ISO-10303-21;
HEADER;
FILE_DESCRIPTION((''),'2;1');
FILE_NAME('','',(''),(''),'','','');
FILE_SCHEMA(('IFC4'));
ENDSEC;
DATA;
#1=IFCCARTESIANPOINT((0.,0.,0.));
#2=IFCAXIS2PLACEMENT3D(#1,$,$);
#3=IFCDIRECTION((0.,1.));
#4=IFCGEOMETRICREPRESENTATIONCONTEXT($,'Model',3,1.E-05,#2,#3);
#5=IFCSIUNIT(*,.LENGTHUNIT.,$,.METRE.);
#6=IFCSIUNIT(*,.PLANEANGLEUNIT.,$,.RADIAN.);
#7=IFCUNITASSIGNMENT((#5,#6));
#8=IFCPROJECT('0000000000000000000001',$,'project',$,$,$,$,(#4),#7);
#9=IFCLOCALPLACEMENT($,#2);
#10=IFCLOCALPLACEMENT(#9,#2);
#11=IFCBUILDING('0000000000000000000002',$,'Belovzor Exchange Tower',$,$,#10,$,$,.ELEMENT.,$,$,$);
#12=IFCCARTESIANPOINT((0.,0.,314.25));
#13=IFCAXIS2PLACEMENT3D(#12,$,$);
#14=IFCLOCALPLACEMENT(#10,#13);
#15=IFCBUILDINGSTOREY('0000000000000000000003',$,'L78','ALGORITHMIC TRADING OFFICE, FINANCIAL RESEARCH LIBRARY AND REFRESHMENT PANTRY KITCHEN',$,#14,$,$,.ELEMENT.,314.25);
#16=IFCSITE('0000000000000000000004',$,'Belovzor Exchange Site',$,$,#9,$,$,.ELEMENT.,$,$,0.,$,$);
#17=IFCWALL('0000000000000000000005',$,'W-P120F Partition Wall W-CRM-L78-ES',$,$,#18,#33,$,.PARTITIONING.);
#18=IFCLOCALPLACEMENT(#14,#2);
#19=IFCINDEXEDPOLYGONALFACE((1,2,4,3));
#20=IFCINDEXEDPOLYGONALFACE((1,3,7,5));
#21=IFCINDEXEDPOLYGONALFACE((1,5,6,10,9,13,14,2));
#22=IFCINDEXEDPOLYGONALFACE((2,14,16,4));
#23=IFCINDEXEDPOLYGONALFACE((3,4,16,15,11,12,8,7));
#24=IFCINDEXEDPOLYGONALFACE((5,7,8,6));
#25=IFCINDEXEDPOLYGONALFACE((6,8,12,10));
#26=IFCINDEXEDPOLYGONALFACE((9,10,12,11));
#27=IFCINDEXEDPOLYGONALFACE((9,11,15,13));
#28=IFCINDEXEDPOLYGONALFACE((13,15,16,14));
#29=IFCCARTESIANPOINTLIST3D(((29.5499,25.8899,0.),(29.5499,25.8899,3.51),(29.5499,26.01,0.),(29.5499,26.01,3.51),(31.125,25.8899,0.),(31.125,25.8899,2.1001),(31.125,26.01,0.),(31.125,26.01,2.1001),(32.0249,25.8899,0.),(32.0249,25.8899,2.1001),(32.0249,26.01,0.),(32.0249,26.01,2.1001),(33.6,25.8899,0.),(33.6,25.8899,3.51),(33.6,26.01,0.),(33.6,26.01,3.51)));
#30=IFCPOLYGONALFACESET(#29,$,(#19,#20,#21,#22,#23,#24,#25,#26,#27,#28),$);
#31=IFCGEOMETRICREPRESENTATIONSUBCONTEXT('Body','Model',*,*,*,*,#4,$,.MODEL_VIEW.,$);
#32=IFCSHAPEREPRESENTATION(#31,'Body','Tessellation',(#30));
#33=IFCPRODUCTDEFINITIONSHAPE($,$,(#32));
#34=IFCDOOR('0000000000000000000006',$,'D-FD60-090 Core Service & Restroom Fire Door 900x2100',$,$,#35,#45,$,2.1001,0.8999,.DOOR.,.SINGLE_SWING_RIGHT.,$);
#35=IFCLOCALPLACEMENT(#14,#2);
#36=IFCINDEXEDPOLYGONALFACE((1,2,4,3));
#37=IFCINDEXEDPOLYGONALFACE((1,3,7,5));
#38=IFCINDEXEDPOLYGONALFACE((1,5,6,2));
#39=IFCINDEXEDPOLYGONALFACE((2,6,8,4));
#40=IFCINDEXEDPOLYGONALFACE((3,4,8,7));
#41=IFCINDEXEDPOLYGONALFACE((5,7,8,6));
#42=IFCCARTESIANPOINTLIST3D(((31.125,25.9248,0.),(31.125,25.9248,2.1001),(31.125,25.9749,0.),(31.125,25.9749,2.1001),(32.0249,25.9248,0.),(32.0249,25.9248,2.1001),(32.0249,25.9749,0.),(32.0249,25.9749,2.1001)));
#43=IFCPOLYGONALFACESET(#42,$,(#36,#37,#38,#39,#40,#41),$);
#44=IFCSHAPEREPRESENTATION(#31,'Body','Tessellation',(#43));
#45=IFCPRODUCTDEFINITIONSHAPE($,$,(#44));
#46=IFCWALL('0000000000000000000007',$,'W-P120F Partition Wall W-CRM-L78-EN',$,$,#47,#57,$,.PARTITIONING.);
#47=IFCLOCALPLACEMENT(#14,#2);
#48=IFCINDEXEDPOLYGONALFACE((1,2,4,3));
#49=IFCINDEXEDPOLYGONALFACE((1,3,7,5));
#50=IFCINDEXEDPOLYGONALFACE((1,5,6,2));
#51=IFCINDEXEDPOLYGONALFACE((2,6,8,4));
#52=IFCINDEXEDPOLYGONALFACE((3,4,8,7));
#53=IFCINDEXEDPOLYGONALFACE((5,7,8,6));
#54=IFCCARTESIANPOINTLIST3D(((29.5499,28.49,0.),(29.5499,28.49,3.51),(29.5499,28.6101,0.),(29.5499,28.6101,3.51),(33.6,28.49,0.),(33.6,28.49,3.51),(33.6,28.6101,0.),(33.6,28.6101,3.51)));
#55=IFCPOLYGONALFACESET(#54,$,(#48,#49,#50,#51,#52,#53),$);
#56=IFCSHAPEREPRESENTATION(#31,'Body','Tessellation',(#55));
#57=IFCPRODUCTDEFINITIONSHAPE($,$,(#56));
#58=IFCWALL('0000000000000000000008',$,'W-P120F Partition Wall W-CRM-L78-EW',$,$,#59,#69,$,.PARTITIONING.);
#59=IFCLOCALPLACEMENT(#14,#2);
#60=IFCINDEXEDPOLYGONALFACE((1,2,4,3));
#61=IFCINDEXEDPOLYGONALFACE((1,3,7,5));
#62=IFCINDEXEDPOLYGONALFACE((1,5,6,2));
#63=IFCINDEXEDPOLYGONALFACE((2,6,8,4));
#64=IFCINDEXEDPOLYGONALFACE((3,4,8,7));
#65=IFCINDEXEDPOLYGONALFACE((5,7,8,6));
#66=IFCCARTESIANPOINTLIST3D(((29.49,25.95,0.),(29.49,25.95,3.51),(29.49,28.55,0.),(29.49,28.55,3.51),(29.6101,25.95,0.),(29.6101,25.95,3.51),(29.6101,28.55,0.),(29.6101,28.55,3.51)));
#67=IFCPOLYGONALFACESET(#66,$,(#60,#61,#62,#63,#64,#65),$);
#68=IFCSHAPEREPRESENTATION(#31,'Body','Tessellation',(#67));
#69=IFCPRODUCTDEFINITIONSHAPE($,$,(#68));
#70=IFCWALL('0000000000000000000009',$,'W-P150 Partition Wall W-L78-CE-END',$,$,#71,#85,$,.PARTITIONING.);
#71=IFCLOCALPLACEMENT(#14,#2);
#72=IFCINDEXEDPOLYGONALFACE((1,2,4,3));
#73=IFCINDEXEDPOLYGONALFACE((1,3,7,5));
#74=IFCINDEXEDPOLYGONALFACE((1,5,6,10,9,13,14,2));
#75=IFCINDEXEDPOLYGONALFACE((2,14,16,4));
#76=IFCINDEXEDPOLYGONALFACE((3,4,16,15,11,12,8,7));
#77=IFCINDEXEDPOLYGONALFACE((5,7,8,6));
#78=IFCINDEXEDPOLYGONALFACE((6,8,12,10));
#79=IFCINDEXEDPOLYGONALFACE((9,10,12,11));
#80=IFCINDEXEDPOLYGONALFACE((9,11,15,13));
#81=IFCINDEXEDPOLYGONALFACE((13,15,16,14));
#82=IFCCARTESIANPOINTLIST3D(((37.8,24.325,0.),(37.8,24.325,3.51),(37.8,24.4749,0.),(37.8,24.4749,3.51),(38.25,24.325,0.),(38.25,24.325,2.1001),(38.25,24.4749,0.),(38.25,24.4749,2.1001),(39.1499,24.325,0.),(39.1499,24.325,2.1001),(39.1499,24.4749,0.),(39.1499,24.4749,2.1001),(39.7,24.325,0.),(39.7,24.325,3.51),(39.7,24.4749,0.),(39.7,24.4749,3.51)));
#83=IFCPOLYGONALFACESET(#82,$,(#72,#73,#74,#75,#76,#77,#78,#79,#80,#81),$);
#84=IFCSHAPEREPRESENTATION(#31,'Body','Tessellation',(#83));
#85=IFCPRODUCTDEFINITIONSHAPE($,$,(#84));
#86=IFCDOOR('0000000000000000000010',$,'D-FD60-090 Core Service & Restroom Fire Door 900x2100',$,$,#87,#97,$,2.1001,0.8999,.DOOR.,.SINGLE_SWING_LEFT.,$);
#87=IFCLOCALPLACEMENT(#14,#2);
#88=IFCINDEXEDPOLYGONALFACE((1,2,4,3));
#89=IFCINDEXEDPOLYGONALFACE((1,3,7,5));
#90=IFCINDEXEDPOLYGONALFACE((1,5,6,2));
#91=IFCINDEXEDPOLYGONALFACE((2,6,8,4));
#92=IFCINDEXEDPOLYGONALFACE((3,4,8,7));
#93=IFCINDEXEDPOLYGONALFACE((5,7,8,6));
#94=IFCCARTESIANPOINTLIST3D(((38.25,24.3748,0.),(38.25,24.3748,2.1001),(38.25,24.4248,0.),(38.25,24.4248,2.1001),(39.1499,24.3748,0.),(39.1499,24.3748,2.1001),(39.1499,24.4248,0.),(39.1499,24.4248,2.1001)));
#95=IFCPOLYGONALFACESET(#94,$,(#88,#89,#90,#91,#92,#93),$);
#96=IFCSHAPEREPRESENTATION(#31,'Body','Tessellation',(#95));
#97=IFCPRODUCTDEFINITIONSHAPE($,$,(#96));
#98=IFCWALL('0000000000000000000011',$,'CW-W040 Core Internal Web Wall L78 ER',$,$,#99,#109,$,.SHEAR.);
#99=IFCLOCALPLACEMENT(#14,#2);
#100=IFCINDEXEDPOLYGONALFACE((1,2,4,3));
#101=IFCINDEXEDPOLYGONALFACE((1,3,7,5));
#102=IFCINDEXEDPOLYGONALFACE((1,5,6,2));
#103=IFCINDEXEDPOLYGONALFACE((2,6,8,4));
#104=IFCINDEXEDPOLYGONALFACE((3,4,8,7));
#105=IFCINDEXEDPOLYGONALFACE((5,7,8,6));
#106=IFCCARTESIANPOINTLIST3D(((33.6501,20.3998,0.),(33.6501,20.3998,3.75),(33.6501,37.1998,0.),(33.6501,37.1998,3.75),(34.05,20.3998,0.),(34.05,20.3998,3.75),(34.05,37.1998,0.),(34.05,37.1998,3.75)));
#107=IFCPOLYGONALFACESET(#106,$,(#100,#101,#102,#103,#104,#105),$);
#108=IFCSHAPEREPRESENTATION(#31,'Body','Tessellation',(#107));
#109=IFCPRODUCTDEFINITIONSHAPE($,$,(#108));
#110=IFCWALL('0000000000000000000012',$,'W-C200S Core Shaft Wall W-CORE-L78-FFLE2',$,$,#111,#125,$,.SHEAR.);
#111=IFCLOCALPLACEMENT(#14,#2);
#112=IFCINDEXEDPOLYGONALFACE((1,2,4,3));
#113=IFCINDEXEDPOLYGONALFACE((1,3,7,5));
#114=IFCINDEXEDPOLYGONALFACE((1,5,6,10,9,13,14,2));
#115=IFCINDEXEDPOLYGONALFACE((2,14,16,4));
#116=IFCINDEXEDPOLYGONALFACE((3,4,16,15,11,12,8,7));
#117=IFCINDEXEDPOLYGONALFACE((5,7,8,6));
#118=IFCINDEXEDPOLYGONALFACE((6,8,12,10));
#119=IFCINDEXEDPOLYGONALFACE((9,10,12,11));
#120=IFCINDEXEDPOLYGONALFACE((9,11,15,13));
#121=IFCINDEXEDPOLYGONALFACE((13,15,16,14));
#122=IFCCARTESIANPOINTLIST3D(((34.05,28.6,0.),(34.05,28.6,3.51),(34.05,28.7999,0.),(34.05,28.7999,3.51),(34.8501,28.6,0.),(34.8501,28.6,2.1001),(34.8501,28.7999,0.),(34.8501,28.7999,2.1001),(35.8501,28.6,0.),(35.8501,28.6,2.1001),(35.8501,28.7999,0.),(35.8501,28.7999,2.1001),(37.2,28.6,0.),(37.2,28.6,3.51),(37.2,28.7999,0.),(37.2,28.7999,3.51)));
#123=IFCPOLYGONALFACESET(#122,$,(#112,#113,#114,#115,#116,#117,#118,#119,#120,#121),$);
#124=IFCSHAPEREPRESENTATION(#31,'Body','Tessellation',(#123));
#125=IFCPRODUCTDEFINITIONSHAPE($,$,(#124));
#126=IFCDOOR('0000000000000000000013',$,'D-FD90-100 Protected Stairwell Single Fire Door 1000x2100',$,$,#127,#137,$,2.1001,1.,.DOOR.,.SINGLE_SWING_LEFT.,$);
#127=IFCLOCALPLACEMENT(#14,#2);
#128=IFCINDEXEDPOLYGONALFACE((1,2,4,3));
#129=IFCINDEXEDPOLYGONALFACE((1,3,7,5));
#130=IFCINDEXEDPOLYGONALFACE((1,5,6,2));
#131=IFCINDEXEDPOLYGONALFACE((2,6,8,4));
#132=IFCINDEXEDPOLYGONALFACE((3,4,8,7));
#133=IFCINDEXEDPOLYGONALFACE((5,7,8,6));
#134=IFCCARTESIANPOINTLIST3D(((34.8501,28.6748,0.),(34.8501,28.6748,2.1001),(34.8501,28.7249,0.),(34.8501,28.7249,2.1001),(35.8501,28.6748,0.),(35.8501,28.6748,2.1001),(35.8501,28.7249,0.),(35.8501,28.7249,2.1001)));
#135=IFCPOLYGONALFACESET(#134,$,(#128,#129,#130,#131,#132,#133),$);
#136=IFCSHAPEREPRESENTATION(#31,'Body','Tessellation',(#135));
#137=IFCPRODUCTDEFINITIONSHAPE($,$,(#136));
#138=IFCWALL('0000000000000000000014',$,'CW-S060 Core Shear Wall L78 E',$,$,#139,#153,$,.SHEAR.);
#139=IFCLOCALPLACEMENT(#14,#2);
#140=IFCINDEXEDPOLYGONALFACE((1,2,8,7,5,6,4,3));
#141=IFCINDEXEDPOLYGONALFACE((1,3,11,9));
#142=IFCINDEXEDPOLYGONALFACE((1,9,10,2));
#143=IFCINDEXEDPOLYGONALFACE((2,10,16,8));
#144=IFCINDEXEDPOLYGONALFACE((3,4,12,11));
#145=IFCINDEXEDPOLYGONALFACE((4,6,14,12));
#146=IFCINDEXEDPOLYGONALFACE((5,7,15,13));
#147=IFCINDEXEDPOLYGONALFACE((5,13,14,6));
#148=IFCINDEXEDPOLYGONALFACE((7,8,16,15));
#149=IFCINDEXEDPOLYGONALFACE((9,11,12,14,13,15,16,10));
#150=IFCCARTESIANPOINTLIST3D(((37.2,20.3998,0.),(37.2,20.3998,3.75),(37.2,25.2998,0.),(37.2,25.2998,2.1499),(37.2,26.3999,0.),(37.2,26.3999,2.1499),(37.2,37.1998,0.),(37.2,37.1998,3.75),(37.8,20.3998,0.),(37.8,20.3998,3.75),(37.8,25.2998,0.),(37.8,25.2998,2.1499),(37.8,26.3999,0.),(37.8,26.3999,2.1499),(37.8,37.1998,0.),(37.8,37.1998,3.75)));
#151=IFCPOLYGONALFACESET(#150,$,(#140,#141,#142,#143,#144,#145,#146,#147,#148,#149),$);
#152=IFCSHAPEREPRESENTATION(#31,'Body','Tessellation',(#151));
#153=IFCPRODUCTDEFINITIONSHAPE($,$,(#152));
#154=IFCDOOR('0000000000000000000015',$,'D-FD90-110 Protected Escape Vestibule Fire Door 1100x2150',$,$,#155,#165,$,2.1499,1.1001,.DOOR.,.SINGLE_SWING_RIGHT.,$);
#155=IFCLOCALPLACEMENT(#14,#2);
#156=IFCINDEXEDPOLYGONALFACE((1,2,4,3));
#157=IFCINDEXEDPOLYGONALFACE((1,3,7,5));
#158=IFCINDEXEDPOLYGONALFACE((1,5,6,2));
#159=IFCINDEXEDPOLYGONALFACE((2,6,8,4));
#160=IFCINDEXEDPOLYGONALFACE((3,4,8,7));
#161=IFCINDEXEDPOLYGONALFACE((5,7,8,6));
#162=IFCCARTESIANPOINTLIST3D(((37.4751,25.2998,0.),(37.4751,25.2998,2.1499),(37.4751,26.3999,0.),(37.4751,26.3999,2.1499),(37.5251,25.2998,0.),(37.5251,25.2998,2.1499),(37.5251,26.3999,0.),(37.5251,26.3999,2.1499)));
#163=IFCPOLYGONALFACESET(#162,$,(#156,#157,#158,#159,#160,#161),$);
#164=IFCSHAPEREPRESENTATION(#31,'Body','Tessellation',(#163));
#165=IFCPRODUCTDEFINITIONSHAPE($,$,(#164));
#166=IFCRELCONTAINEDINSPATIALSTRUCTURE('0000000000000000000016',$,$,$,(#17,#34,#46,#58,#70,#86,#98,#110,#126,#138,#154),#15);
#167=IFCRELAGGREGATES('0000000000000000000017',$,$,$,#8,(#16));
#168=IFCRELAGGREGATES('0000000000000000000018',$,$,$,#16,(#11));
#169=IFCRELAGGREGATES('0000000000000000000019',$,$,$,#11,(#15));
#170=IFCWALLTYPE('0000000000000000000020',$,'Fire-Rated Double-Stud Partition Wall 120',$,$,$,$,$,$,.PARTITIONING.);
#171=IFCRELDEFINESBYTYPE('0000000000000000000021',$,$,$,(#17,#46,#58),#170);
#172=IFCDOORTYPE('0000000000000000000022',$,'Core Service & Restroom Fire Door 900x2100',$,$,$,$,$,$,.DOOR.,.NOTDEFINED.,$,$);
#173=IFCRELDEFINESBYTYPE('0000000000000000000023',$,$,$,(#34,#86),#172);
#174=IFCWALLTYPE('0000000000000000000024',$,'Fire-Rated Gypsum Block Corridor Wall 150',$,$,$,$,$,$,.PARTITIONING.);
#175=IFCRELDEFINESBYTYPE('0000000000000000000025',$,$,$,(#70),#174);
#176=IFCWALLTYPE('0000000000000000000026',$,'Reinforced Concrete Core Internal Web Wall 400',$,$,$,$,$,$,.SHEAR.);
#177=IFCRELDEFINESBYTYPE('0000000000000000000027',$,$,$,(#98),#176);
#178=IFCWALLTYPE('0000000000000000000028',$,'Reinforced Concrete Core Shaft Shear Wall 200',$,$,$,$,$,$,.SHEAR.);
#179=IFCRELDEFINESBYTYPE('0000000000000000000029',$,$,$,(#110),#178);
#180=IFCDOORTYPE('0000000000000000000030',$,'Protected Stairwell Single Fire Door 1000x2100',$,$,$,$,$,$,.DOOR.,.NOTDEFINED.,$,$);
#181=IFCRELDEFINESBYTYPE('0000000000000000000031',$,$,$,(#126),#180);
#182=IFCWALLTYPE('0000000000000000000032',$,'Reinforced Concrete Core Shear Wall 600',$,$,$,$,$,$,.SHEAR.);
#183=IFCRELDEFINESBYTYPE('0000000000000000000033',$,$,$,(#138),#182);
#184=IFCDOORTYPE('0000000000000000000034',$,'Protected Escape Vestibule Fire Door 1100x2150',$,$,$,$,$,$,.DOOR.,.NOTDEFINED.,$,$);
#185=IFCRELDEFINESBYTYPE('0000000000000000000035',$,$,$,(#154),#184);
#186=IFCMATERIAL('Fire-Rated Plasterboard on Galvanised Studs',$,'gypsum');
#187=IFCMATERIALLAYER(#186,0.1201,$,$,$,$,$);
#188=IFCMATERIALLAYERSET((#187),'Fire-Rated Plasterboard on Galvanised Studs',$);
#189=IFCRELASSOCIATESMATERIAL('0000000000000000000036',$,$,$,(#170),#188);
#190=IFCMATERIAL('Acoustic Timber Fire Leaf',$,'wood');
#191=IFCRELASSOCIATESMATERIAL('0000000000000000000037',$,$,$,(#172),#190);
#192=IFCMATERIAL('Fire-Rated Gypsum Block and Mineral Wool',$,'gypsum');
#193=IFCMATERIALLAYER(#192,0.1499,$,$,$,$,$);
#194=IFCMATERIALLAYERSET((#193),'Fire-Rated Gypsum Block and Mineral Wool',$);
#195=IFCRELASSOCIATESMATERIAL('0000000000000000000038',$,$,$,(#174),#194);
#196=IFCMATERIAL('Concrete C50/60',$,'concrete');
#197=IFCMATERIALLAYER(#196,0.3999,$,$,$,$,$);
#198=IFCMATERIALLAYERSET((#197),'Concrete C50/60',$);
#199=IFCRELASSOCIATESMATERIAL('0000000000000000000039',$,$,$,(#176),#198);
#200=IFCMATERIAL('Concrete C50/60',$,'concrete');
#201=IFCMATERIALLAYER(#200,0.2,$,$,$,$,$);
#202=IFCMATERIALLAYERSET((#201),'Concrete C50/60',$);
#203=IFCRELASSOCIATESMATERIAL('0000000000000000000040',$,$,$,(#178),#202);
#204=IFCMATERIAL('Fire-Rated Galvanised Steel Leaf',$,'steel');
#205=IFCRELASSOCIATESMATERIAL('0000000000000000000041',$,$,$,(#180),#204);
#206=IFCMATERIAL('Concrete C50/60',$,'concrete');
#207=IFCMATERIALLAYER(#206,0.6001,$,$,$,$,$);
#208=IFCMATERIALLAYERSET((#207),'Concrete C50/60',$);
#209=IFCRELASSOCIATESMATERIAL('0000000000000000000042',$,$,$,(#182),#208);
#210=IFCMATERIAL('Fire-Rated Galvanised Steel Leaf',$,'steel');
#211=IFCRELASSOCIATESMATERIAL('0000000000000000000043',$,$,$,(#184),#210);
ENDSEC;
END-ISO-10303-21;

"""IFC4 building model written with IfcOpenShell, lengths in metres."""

from ifc_helpers import new_model, si_unit, direction, frame, frame_2d, origin, place, context, subcontext, project, spatial, rectangle, extrude, material, layer, layer_set, type_object, element, fill, save


model = new_model("IFC4")

# Units and contexts
model_context = context("Model", 3, precision=1e-05, world=origin(), true_north=direction((0.0, 1.0)))
body_context = subcontext(model_context, "Body", "Model", "MODEL_VIEW")
ifc_project = project(units=[si_unit("LENGTHUNIT", "METRE"), si_unit("PLANEANGLEUNIT", "RADIAN")], contexts=[model_context])

# Site, building, storey
site_placement = place(None, origin())
site = spatial("IfcSite", under=ifc_project, at=site_placement, Name="Belovzor Exchange Site", CompositionType="ELEMENT", RefElevation=0.0)
building_placement = place(site_placement, origin())
building = spatial("IfcBuilding", under=site, at=building_placement, Name="Belovzor Exchange Tower", CompositionType="ELEMENT")
storey_placement = place(building_placement, frame((0.0, 0.0, 314.25)))
storey = spatial("IfcBuildingStorey", under=building, at=storey_placement, Name="L78", Description="ALGORITHMIC TRADING OFFICE, FINANCIAL RESEARCH LIBRARY AND REFRESHMENT PANTRY KITCHEN", CompositionType="ELEMENT", Elevation=314.25)

# Shared definitions
ifc_material_1 = material(Name="Fire-Rated Plasterboard on Galvanised Studs", Category="gypsum")
ifc_layer_1 = layer(ifc_material_1, 0.1201)
ifc_layer_set_1 = layer_set([ifc_layer_1], Name="Fire-Rated Plasterboard on Galvanised Studs")
wall_type_1 = type_object("IfcWallType", Name="Fire-Rated Double-Stud Partition Wall 120", PredefinedType="PARTITIONING", material=ifc_layer_set_1)

# Shared definitions
ifc_material_2 = material(Name="Acoustic Timber Fire Leaf", Category="wood")
door_type_1 = type_object("IfcDoorType", Name="Core Service & Restroom Fire Door 900x2100", OperationType="NOTDEFINED", PredefinedType="DOOR", material=ifc_material_2)

# Wall, opening, door
wall_1_placement = place(storey_placement, frame((29.55, 25.95, 0.0), z_axis=(0.0, 0.0, 1.0), x_axis=(1.0, 0.0, 0.0)))
wall_1 = element("IfcWall", 1, at=wall_1_placement, inside=storey, type_object=wall_type_1, Name="W-P120F Partition Wall W-CRM-L78-ES", PredefinedType="PARTITIONING", context=body_context, shape_type="SweptSolid", body=[
    extrude(rectangle(XDim=4.05, YDim=0.1201, at=frame_2d((2.0249, 0.0))), origin(), (0.0, 0.0, 1.0), 3.51),
])
opening_1_placement = place(wall_1_placement, frame((1.575, 0.0, 0.0)))
opening_1 = element("IfcOpeningElement", 2, at=opening_1_placement, cuts=wall_1, PredefinedType="OPENING", context=body_context, shape_type="SweptSolid", body=[
    extrude(rectangle(XDim=0.8999, YDim=2.1001, at=frame_2d((0.45, 1.05))), frame((0.0, 0.0701, 0.0), z_axis=(0.0, -1.0, 0.0), x_axis=(1.0, 0.0, 0.0)), (0.0, 0.0, 1.0), 0.1401),
])
door_1_placement = place(opening_1_placement, origin())
door_1 = element("IfcDoor", 3, at=door_1_placement, inside=storey, type_object=door_type_1, Name="D-FD60-090 Core Service & Restroom Fire Door 900x2100", OperationType="SINGLE_SWING_RIGHT", OverallHeight=2.1001, OverallWidth=0.8999, PredefinedType="DOOR", context=body_context, shape_type="SweptSolid", body=[
    extrude(rectangle(XDim=0.8999, YDim=2.1001, at=frame_2d((0.45, 1.05))), frame((0.0, 0.0249, 0.0), z_axis=(0.0, -1.0, 0.0), x_axis=(1.0, 0.0, 0.0)), (0.0, 0.0, 1.0), 0.05),
])
fill(opening_1, door_1)

# Walls
wall_2_placement = place(storey_placement, frame((29.55, 28.55, 0.0), z_axis=(0.0, 0.0, 1.0), x_axis=(1.0, 0.0, 0.0)))
element("IfcWall", 4, at=wall_2_placement, inside=storey, type_object=wall_type_1, Name="W-P120F Partition Wall W-CRM-L78-EN", PredefinedType="PARTITIONING", context=body_context, shape_type="SweptSolid", body=[
    extrude(rectangle(XDim=4.05, YDim=0.1201, at=frame_2d((2.0249, 0.0))), origin(), (0.0, 0.0, 1.0), 3.51),
])
wall_3_placement = place(storey_placement, frame((29.55, 25.95, 0.0), z_axis=(0.0, 0.0, 1.0), x_axis=(0.0, 1.0, 0.0)))
element("IfcWall", 5, at=wall_3_placement, inside=storey, type_object=wall_type_1, Name="W-P120F Partition Wall W-CRM-L78-EW", PredefinedType="PARTITIONING", context=body_context, shape_type="SweptSolid", body=[
    extrude(rectangle(XDim=2.6001, YDim=0.1201, at=frame_2d((1.3, 0.0))), origin(), (0.0, 0.0, 1.0), 3.51),
])

# Wall, opening, door
ifc_material_3 = material(Name="Fire-Rated Gypsum Block and Mineral Wool", Category="gypsum")
ifc_layer_2 = layer(ifc_material_3, 0.1499)
ifc_layer_set_2 = layer_set([ifc_layer_2], Name="Fire-Rated Gypsum Block and Mineral Wool")
wall_type_2 = type_object("IfcWallType", Name="Fire-Rated Gypsum Block Corridor Wall 150", PredefinedType="PARTITIONING", material=ifc_layer_set_2)
wall_4_placement = place(storey_placement, frame((37.8, 24.3999, 0.0), z_axis=(0.0, 0.0, 1.0), x_axis=(1.0, 0.0, 0.0)))
wall_4 = element("IfcWall", 6, at=wall_4_placement, inside=storey, type_object=wall_type_2, Name="W-P150 Partition Wall W-L78-CE-END", PredefinedType="PARTITIONING", context=body_context, shape_type="SweptSolid", body=[
    extrude(rectangle(XDim=1.8999, YDim=0.1499, at=frame_2d((0.95, 0.0))), origin(), (0.0, 0.0, 1.0), 3.51),
])
opening_2_placement = place(wall_4_placement, frame((0.45, 0.0, 0.0)))
opening_2 = element("IfcOpeningElement", 7, at=opening_2_placement, cuts=wall_4, PredefinedType="OPENING", context=body_context, shape_type="SweptSolid", body=[
    extrude(rectangle(XDim=0.8999, YDim=2.1001, at=frame_2d((0.45, 1.05))), frame((0.0, 0.085, 0.0), z_axis=(0.0, -1.0, 0.0), x_axis=(1.0, 0.0, 0.0)), (0.0, 0.0, 1.0), 0.1699),
])
door_2_placement = place(opening_2_placement, origin())
door_2 = element("IfcDoor", 8, at=door_2_placement, inside=storey, type_object=door_type_1, Name="D-FD60-090 Core Service & Restroom Fire Door 900x2100", OperationType="SINGLE_SWING_LEFT", OverallHeight=2.1001, OverallWidth=0.8999, PredefinedType="DOOR", context=body_context, shape_type="SweptSolid", body=[
    extrude(rectangle(XDim=0.8999, YDim=2.1001, at=frame_2d((0.45, 1.05))), frame((0.0, 0.0249, 0.0), z_axis=(0.0, -1.0, 0.0), x_axis=(1.0, 0.0, 0.0)), (0.0, 0.0, 1.0), 0.05),
])
fill(opening_2, door_2)

# Wall
ifc_material_4 = material(Name="Concrete C50/60", Category="concrete")
ifc_layer_3 = layer(ifc_material_4, 0.3999)
ifc_layer_set_3 = layer_set([ifc_layer_3], Name="Concrete C50/60")
wall_type_3 = type_object("IfcWallType", Name="Reinforced Concrete Core Internal Web Wall 400", PredefinedType="SHEAR", material=ifc_layer_set_3)
wall_5_placement = place(storey_placement, frame((33.8501, 20.3999, 0.0), z_axis=(0.0, 0.0, 1.0), x_axis=(0.0, 1.0, 0.0)))
element("IfcWall", 9, at=wall_5_placement, inside=storey, type_object=wall_type_3, Name="CW-W040 Core Internal Web Wall L78 ER", PredefinedType="SHEAR", context=body_context, shape_type="SweptSolid", body=[
    extrude(rectangle(XDim=16.8, YDim=0.3999, at=frame_2d((8.3999, 0.0))), origin(), (0.0, 0.0, 1.0), 3.75),
])

# Walls, openings, doors
ifc_material_5 = material(Name="Concrete C50/60", Category="concrete")
ifc_layer_4 = layer(ifc_material_5, 0.2)
ifc_layer_set_4 = layer_set([ifc_layer_4], Name="Concrete C50/60")
wall_type_4 = type_object("IfcWallType", Name="Reinforced Concrete Core Shaft Shear Wall 200", PredefinedType="SHEAR", material=ifc_layer_set_4)
wall_6_placement = place(storey_placement, frame((34.05, 28.7, 0.0), z_axis=(0.0, 0.0, 1.0), x_axis=(1.0, 0.0, 0.0)))
wall_6 = element("IfcWall", 10, at=wall_6_placement, inside=storey, type_object=wall_type_4, Name="W-C200S Core Shaft Wall W-CORE-L78-FFLE2", PredefinedType="SHEAR", context=body_context, shape_type="SweptSolid", body=[
    extrude(rectangle(XDim=3.1499, YDim=0.2, at=frame_2d((1.575, 0.0))), origin(), (0.0, 0.0, 1.0), 3.51),
])
opening_3_placement = place(wall_6_placement, frame((0.8, 0.0, 0.0)))
opening_3 = element("IfcOpeningElement", 11, at=opening_3_placement, cuts=wall_6, PredefinedType="OPENING", context=body_context, shape_type="SweptSolid", body=[
    extrude(rectangle(XDim=1.0, YDim=2.1001, at=frame_2d((0.5, 1.05))), frame((0.0, 0.1099, 0.0), z_axis=(0.0, -1.0, 0.0), x_axis=(1.0, 0.0, 0.0)), (0.0, 0.0, 1.0), 0.22),
])
ifc_material_6 = material(Name="Fire-Rated Galvanised Steel Leaf", Category="steel")
door_type_2 = type_object("IfcDoorType", Name="Protected Stairwell Single Fire Door 1000x2100", OperationType="NOTDEFINED", PredefinedType="DOOR", material=ifc_material_6)
door_3_placement = place(opening_3_placement, origin())
door_3 = element("IfcDoor", 12, at=door_3_placement, inside=storey, type_object=door_type_2, Name="D-FD90-100 Protected Stairwell Single Fire Door 1000x2100", OperationType="SINGLE_SWING_LEFT", OverallHeight=2.1001, OverallWidth=1.0, PredefinedType="DOOR", context=body_context, shape_type="SweptSolid", body=[
    extrude(rectangle(XDim=1.0, YDim=2.1001, at=frame_2d((0.5, 1.05))), frame((0.0, 0.0249, 0.0), z_axis=(0.0, -1.0, 0.0), x_axis=(1.0, 0.0, 0.0)), (0.0, 0.0, 1.0), 0.05),
])
fill(opening_3, door_3)
ifc_material_7 = material(Name="Concrete C50/60", Category="concrete")
ifc_layer_5 = layer(ifc_material_7, 0.6001)
ifc_layer_set_5 = layer_set([ifc_layer_5], Name="Concrete C50/60")
wall_type_5 = type_object("IfcWallType", Name="Reinforced Concrete Core Shear Wall 600", PredefinedType="SHEAR", material=ifc_layer_set_5)
wall_7_placement = place(storey_placement, frame((37.5, 20.3999, 0.0), z_axis=(0.0, 0.0, 1.0), x_axis=(0.0, 1.0, 0.0)))
wall_7 = element("IfcWall", 13, at=wall_7_placement, inside=storey, type_object=wall_type_5, Name="CW-S060 Core Shear Wall L78 E", PredefinedType="SHEAR", context=body_context, shape_type="SweptSolid", body=[
    extrude(rectangle(XDim=16.8, YDim=0.6001, at=frame_2d((8.3999, 0.0))), origin(), (0.0, 0.0, 1.0), 3.75),
])
opening_4_placement = place(wall_7_placement, frame((4.8999, 0.0, 0.0)))
opening_4 = element("IfcOpeningElement", 14, at=opening_4_placement, cuts=wall_7, PredefinedType="OPENING", context=body_context, shape_type="SweptSolid", body=[
    extrude(rectangle(XDim=1.1001, YDim=2.1499, at=frame_2d((0.55, 1.075))), frame((0.0, 0.3101, 0.0), z_axis=(0.0, -1.0, 0.0), x_axis=(1.0, 0.0, 0.0)), (0.0, 0.0, 1.0), 0.6201),
])
ifc_material_8 = material(Name="Fire-Rated Galvanised Steel Leaf", Category="steel")
door_type_3 = type_object("IfcDoorType", Name="Protected Escape Vestibule Fire Door 1100x2150", OperationType="NOTDEFINED", PredefinedType="DOOR", material=ifc_material_8)
door_4_placement = place(opening_4_placement, origin())
door_4 = element("IfcDoor", 15, at=door_4_placement, inside=storey, type_object=door_type_3, Name="D-FD90-110 Protected Escape Vestibule Fire Door 1100x2150", OperationType="SINGLE_SWING_RIGHT", OverallHeight=2.1499, OverallWidth=1.1001, PredefinedType="DOOR", context=body_context, shape_type="SweptSolid", body=[
    extrude(rectangle(XDim=1.1001, YDim=2.1499, at=frame_2d((0.55, 1.075))), frame((0.0, 0.0249, 0.0), z_axis=(0.0, -1.0, 0.0), x_axis=(1.0, 0.0, 0.0)), (0.0, 0.0, 1.0), 0.05),
])
fill(opening_4, door_4)

save(model, "model.ifc")
